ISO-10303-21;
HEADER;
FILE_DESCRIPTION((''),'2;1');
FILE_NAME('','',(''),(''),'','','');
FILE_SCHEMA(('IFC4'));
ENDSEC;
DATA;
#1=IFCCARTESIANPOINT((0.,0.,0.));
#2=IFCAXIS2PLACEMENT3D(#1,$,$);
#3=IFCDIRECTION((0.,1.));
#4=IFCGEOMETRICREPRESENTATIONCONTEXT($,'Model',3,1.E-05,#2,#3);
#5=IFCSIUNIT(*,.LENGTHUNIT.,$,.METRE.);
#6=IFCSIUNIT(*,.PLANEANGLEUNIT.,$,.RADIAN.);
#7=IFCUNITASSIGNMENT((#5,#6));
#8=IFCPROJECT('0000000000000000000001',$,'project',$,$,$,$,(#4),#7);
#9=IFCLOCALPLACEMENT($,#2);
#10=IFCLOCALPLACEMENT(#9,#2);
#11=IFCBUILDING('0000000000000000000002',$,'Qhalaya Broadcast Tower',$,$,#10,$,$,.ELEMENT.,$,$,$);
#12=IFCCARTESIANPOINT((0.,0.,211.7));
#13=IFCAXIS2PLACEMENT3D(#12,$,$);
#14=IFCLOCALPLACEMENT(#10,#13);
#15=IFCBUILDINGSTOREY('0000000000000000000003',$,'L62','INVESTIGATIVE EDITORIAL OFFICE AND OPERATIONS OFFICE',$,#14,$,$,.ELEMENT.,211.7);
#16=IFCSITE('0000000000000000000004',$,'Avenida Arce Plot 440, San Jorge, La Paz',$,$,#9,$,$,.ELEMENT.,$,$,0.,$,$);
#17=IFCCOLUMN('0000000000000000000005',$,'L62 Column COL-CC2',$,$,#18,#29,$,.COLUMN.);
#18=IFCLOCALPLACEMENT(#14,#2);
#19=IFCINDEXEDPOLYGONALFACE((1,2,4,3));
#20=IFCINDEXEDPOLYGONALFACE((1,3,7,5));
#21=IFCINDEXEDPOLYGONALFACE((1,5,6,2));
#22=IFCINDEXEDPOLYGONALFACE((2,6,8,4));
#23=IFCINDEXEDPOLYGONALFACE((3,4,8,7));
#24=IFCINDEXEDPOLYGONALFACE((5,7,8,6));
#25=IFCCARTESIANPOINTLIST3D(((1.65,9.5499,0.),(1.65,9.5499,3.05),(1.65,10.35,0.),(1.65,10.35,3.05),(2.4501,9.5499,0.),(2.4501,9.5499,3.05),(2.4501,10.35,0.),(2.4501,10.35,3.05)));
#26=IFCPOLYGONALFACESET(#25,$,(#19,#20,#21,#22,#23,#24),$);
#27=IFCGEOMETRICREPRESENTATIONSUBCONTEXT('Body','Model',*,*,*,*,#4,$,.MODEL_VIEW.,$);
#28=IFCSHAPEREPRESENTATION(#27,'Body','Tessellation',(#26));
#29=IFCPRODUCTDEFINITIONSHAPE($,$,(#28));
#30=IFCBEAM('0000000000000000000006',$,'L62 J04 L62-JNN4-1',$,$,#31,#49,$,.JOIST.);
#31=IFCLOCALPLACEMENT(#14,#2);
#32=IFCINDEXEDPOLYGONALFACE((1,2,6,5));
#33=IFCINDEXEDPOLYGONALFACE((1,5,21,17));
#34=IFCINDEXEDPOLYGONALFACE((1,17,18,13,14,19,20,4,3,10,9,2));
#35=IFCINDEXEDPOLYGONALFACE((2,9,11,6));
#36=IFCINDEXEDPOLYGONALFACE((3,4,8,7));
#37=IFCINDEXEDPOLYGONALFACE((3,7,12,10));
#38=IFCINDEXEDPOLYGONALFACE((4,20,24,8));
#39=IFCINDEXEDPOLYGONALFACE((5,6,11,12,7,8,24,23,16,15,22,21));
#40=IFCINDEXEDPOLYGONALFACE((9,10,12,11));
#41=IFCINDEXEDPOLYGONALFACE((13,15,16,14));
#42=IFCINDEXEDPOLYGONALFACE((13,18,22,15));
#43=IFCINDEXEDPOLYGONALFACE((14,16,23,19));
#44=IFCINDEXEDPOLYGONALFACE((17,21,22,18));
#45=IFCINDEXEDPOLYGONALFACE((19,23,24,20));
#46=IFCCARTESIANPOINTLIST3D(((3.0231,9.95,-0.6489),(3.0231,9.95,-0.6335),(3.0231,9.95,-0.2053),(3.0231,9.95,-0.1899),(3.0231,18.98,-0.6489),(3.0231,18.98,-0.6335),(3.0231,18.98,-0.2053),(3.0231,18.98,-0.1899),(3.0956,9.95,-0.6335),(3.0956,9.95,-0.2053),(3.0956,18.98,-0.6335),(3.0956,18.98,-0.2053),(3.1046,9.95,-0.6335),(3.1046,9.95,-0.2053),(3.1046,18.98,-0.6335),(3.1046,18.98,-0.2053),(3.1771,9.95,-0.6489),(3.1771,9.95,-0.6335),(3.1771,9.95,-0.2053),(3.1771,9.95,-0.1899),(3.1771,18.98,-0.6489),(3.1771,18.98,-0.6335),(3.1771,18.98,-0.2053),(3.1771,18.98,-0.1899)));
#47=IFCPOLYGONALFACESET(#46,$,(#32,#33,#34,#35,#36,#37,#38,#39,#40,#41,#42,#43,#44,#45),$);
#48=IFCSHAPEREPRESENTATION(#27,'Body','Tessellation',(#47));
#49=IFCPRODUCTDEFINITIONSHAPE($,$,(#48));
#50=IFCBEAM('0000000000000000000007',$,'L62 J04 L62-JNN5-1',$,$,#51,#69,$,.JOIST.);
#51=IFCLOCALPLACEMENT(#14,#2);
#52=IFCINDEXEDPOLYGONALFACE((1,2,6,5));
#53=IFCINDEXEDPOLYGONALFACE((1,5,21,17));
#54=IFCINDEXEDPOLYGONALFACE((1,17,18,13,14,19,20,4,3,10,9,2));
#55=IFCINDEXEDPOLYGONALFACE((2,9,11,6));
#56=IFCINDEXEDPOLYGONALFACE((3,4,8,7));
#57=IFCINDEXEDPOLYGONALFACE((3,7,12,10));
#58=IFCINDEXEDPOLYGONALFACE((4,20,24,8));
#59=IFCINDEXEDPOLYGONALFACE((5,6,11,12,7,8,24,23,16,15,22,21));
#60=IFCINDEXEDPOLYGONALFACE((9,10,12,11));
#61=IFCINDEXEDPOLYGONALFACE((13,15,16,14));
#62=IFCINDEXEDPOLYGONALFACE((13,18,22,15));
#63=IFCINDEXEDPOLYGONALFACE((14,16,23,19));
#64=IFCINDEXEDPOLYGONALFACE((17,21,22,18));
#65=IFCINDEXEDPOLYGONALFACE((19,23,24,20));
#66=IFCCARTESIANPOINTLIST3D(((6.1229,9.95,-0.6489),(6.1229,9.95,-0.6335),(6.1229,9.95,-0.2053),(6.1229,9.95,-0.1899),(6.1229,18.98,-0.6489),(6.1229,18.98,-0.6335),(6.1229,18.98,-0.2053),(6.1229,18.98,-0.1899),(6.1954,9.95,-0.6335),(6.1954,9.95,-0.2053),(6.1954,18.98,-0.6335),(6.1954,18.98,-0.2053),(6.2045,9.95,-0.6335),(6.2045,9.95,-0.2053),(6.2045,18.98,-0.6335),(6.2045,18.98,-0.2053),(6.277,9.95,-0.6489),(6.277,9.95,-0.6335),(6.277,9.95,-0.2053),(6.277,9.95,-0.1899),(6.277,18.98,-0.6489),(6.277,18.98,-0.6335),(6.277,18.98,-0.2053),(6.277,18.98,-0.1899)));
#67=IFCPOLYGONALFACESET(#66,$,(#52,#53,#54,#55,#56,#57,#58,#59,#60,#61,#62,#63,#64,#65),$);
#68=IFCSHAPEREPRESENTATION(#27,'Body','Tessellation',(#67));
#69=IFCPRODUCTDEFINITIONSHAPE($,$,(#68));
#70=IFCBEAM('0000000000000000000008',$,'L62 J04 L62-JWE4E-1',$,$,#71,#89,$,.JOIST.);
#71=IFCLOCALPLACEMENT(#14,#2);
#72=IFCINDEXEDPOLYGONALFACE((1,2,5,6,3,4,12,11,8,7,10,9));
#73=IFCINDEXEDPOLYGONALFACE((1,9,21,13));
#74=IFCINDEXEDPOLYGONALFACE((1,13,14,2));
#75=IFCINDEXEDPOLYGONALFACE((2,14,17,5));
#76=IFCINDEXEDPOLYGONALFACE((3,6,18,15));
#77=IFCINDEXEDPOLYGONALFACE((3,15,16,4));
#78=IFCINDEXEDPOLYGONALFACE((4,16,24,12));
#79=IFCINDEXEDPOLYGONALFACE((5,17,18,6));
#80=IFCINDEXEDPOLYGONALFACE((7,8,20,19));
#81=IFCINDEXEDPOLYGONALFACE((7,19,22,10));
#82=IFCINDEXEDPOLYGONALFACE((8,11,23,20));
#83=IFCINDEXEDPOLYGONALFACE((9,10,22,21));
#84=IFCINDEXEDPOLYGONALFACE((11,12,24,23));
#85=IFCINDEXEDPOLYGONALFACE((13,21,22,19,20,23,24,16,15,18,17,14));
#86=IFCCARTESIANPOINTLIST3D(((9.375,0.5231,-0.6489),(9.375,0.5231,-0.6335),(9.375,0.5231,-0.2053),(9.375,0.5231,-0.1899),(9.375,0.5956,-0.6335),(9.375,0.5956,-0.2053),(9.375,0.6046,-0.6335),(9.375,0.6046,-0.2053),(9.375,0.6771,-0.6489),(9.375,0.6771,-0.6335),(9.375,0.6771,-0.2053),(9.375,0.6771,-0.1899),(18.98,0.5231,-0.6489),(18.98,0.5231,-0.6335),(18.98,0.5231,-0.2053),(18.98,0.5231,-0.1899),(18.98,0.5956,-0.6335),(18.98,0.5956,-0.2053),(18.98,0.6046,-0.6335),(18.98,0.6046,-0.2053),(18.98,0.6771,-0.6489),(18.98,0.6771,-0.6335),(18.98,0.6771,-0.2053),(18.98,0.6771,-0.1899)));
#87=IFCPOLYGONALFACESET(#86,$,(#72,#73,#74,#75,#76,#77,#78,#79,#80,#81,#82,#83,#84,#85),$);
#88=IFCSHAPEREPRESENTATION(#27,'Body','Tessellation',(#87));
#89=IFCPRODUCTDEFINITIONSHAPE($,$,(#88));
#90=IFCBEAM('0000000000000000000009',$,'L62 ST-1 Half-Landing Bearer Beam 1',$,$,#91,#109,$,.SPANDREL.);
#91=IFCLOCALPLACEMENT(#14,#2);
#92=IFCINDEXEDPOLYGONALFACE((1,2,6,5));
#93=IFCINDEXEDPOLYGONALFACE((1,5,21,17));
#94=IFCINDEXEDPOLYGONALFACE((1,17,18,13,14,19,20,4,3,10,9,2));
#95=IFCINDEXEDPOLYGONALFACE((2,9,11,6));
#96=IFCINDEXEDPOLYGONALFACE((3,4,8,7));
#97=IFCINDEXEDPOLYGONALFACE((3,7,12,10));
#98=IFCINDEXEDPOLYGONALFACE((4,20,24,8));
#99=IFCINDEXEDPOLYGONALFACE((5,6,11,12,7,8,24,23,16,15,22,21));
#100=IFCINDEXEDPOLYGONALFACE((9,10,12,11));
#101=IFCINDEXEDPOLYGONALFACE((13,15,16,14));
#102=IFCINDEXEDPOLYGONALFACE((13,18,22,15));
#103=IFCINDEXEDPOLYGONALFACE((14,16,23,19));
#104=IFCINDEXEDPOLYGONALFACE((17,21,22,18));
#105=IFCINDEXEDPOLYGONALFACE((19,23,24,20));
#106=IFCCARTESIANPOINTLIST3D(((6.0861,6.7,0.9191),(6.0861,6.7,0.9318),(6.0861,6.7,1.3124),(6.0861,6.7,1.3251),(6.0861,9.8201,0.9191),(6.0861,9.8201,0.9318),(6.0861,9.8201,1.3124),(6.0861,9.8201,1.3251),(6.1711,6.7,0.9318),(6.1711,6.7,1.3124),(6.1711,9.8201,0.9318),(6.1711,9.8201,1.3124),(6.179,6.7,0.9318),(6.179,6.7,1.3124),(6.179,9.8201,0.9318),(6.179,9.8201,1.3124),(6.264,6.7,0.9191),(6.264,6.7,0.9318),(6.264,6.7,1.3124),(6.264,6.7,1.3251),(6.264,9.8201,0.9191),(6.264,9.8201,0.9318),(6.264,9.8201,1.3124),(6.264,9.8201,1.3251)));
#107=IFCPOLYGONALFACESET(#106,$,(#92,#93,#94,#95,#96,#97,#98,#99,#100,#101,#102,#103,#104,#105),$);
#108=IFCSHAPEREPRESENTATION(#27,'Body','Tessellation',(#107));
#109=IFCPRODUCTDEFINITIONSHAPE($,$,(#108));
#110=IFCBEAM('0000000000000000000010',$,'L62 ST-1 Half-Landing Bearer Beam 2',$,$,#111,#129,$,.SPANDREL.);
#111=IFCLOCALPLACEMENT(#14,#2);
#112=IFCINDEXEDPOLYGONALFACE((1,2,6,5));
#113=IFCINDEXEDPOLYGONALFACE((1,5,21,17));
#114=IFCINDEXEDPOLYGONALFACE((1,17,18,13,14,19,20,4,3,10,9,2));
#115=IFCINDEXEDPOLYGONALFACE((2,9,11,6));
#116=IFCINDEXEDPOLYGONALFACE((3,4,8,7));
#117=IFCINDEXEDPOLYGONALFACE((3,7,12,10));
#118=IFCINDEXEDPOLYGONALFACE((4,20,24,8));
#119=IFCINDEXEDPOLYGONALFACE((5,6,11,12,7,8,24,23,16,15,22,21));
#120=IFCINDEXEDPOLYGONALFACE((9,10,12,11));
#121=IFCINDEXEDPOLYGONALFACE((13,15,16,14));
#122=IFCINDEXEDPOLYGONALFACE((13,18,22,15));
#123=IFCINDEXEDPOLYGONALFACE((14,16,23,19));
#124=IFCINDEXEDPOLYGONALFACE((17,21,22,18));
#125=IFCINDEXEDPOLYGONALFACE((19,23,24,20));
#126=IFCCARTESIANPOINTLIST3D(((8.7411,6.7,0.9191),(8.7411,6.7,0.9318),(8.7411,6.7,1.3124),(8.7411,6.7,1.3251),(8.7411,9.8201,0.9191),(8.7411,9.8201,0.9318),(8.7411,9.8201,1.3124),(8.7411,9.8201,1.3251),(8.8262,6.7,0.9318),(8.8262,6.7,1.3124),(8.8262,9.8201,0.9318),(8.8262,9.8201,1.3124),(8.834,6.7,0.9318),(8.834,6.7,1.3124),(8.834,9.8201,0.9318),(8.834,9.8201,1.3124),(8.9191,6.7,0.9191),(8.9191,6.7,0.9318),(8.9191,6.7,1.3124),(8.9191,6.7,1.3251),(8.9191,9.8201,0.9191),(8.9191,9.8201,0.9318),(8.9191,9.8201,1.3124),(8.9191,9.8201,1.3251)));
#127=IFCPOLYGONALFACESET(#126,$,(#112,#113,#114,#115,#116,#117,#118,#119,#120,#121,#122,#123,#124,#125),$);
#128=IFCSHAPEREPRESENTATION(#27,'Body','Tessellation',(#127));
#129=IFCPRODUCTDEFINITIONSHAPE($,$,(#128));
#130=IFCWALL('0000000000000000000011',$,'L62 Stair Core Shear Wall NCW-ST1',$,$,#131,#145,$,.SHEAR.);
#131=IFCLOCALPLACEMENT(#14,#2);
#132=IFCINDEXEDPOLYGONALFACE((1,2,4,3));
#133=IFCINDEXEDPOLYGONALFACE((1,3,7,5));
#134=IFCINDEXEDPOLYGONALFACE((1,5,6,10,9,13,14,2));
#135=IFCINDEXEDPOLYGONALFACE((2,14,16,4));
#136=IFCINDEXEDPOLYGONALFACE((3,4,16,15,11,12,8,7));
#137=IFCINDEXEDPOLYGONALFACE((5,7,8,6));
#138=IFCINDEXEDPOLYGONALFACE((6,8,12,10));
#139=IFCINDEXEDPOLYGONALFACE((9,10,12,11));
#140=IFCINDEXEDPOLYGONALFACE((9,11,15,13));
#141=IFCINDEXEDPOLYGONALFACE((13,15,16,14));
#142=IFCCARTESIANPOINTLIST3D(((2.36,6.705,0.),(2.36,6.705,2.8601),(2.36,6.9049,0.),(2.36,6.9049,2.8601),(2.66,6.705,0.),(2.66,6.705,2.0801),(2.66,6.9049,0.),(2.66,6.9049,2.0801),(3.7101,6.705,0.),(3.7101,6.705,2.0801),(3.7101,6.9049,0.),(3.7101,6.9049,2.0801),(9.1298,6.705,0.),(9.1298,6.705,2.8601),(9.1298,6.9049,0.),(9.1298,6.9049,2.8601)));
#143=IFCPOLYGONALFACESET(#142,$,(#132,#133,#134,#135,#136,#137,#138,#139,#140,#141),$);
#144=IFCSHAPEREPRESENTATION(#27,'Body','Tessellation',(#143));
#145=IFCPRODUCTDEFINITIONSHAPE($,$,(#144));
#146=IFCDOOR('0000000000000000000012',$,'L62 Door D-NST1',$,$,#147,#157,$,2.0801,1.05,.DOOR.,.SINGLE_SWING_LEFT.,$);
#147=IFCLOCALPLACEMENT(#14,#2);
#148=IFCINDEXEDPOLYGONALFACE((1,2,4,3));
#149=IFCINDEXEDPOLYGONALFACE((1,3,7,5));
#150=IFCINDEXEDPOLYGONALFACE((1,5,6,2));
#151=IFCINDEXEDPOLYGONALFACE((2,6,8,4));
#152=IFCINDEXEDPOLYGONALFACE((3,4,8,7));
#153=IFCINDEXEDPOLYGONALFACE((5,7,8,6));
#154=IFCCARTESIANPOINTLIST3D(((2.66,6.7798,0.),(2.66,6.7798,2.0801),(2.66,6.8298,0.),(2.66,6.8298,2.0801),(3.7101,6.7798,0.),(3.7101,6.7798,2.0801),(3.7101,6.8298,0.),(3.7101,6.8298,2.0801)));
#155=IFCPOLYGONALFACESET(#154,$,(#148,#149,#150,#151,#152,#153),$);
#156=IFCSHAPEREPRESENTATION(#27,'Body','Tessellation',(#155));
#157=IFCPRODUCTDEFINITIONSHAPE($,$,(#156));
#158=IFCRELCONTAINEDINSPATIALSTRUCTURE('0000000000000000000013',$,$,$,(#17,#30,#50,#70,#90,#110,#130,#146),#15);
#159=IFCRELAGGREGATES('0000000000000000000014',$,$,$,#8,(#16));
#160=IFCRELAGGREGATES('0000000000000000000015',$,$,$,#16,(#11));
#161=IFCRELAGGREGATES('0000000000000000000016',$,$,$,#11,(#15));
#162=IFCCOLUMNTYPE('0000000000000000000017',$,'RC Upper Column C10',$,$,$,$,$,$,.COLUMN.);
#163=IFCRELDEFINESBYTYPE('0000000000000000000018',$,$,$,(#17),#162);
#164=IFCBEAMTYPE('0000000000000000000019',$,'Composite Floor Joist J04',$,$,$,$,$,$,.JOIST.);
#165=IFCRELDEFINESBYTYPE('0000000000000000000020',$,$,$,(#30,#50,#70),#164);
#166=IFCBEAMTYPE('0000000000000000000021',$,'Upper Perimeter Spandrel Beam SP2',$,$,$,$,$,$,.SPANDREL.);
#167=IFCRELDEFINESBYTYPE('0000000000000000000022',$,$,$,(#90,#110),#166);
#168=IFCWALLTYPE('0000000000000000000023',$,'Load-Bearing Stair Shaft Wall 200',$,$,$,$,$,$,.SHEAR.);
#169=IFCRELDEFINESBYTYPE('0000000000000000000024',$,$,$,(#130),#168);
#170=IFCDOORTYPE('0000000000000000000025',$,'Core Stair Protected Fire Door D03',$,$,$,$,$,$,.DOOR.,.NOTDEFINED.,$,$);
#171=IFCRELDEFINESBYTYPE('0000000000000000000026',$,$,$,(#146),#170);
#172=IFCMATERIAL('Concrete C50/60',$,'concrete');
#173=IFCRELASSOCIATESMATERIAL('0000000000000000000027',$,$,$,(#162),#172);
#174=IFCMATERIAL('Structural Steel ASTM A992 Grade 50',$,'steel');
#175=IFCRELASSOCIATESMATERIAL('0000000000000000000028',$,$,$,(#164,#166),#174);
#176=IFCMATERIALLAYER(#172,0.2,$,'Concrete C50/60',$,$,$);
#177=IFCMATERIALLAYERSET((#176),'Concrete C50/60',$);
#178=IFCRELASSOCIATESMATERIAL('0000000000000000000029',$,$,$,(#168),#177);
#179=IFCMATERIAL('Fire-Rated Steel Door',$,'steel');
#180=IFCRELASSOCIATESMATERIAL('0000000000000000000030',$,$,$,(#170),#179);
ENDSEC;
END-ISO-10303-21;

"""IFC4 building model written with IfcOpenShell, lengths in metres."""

from ifc_helpers import new_model, si_unit, direction, frame, frame_2d, origin, origin_2d, place, context, subcontext, project, spatial, rectangle, i_section, extrude, material, layer, layer_set, material_profile, profile_set, type_object, element, fill, save


model = new_model("IFC4")

# Units and contexts
model_context = context("Model", 3, precision=1e-05, world=origin(), true_north=direction((0.0, 1.0)))
body_context = subcontext(model_context, "Body", "Model", "MODEL_VIEW")
ifc_project = project(units=[si_unit("LENGTHUNIT", "METRE"), si_unit("PLANEANGLEUNIT", "RADIAN")], contexts=[model_context])

# Site, building, storey
site_placement = place(None, origin())
site = spatial("IfcSite", under=ifc_project, at=site_placement, Name="Avenida Arce Plot 440, San Jorge, La Paz", CompositionType="ELEMENT", RefElevation=0.0)
building_placement = place(site_placement, origin())
building = spatial("IfcBuilding", under=site, at=building_placement, Name="Qhalaya Broadcast Tower", CompositionType="ELEMENT")
storey_placement = place(building_placement, frame((0.0, 0.0, 211.7)))
storey = spatial("IfcBuildingStorey", under=building, at=storey_placement, Name="L62", Description="INVESTIGATIVE EDITORIAL OFFICE AND OPERATIONS OFFICE", CompositionType="ELEMENT", Elevation=211.7)

# Column
ifc_material_1 = material(Name="Concrete C50/60", Category="concrete")
ifc_material_profile_1 = material_profile(ifc_material_1, rectangle(XDim=0.8, YDim=0.8, at=origin_2d()), Name="RC-COL 800x800")
ifc_profile_set_1 = profile_set([ifc_material_profile_1], Name="Concrete C50/60")
column_type = type_object("IfcColumnType", Name="RC Upper Column C10", PredefinedType="COLUMN", material=ifc_profile_set_1)
column_placement = place(storey_placement, frame((2.05, 9.95, 0.0), z_axis=(0.0, 0.0, 1.0), x_axis=(1.0, 0.0, 0.0)))
element("IfcColumn", 1, at=column_placement, inside=storey, type_object=column_type, Name="L62 Column COL-CC2", PredefinedType="COLUMN", context=body_context, shape_type="SweptSolid", body=[
    extrude(rectangle(XDim=0.8, YDim=0.8, at=origin_2d()), origin(), (0.0, 0.0, 1.0), 3.05),
])

# Beams
ifc_material_2 = material(Name="Structural Steel ASTM A992 Grade 50", Category="steel")
ifc_material_profile_2 = material_profile(ifc_material_2, i_section(OverallWidth=0.1541, OverallDepth=0.459, WebThickness=0.009, FlangeThickness=0.0154, at=origin_2d()), Name="W18X46")
ifc_profile_set_2 = profile_set([ifc_material_profile_2], Name="Structural Steel ASTM A992 Grade 50")
beam_type_1 = type_object("IfcBeamType", Name="Composite Floor Joist J04", PredefinedType="JOIST", material=ifc_profile_set_2)
for number, where, z_axis, x_axis, name in (
    (2, (3.1001, 9.95, -0.4194), (0.0, 1.0, 0.0), (-1.0, 0.0, 0.0), "L62 J04 L62-JNN4-1"),
    (3, (6.2, 9.95, -0.4194), (0.0, 1.0, 0.0), (-1.0, 0.0, 0.0), "L62 J04 L62-JNN5-1"),
):
    element("IfcBeam", number, at=place(storey_placement, frame(where, z_axis=z_axis, x_axis=x_axis)), inside=storey, type_object=beam_type_1, Name=name, PredefinedType="JOIST", context=body_context, shape_type="SweptSolid", body=[
        extrude(i_section(OverallWidth=0.1541, OverallDepth=0.459, WebThickness=0.009, FlangeThickness=0.0154, at=origin_2d()), origin(), (0.0, 0.0, 1.0), 9.03),
    ])
beam_placement = place(storey_placement, frame((9.375, 0.6001, -0.4194), z_axis=(1.0, 0.0, 0.0), x_axis=(0.0, 1.0, 0.0)))
element("IfcBeam", 4, at=beam_placement, inside=storey, type_object=beam_type_1, Name="L62 J04 L62-JWE4E-1", PredefinedType="JOIST", context=body_context, shape_type="SweptSolid", body=[
    extrude(i_section(OverallWidth=0.1541, OverallDepth=0.459, WebThickness=0.009, FlangeThickness=0.0154, at=origin_2d()), origin(), (0.0, 0.0, 1.0), 9.605),
])
ifc_material_profile_3 = material_profile(ifc_material_2, i_section(OverallWidth=0.178, OverallDepth=0.406, WebThickness=0.0078, FlangeThickness=0.0127, at=origin_2d()), Name="W16X40")
ifc_profile_set_3 = profile_set([ifc_material_profile_3], Name="Structural Steel ASTM A992 Grade 50")
beam_type_2 = type_object("IfcBeamType", Name="Upper Perimeter Spandrel Beam SP2", PredefinedType="SPANDREL", material=ifc_profile_set_3)
for number, where, z_axis, x_axis, name in (
    (5, (6.175, 6.7, 1.1221), (0.0, 1.0, 0.0), (-1.0, 0.0, 0.0), "L62 ST-1 Half-Landing Bearer Beam 1"),
    (6, (8.8301, 6.7, 1.1221), (0.0, 1.0, 0.0), (-1.0, 0.0, 0.0), "L62 ST-1 Half-Landing Bearer Beam 2"),
):
    element("IfcBeam", number, at=place(storey_placement, frame(where, z_axis=z_axis, x_axis=x_axis)), inside=storey, type_object=beam_type_2, Name=name, PredefinedType="SPANDREL", context=body_context, shape_type="SweptSolid", body=[
        extrude(i_section(OverallWidth=0.178, OverallDepth=0.406, WebThickness=0.0078, FlangeThickness=0.0127, at=origin_2d()), origin(), (0.0, 0.0, 1.0), 3.1201),
    ])

# Wall, opening, door
ifc_layer_1 = layer(ifc_material_1, 0.2, Name="Concrete C50/60")
ifc_layer_set_1 = layer_set([ifc_layer_1], Name="Concrete C50/60")
wall_type_1 = type_object("IfcWallType", Name="Load-Bearing Stair Shaft Wall 200", PredefinedType="SHEAR", material=ifc_layer_set_1)
wall_1_placement = place(storey_placement, frame((2.3601, 6.8049, 0.0), z_axis=(0.0, 0.0, 1.0), x_axis=(1.0, 0.0, 0.0)))
wall_1 = element("IfcWall", 7, at=wall_1_placement, inside=storey, type_object=wall_type_1, Name="L62 Stair Core Shear Wall NCW-ST1", PredefinedType="SHEAR", context=body_context, shape_type="SweptSolid", body=[
    extrude(rectangle(XDim=6.7698, YDim=0.2, at=frame_2d((3.3848, 0.0))), origin(), (0.0, 0.0, 1.0), 2.8601),
])
opening_1_placement = place(wall_1_placement, frame((0.3, 0.0, 0.0)))
opening_1 = element("IfcOpeningElement", 8, at=opening_1_placement, cuts=wall_1, PredefinedType="OPENING", context=body_context, shape_type="SweptSolid", body=[
    extrude(rectangle(XDim=1.05, YDim=2.0801, at=frame_2d((0.5249, 1.04))), frame((0.0, 0.1121, 0.0), z_axis=(0.0, -1.0, 0.0), x_axis=(1.0, 0.0, 0.0)), (0.0, 0.0, 1.0), 0.2239),
])
ifc_material_3 = material(Name="Fire-Rated Steel Door", Category="steel")
door_type_1 = type_object("IfcDoorType", Name="Core Stair Protected Fire Door D03", OperationType="NOTDEFINED", PredefinedType="DOOR", material=ifc_material_3)
door_1_placement = place(opening_1_placement, origin())
door_1 = element("IfcDoor", 9, at=door_1_placement, inside=storey, type_object=door_type_1, Name="L62 Door D-NST1", OperationType="SINGLE_SWING_LEFT", OverallHeight=2.0801, OverallWidth=1.05, PredefinedType="DOOR", context=body_context, shape_type="SweptSolid", body=[
    extrude(rectangle(XDim=1.05, YDim=2.0801, at=frame_2d((0.5249, 1.04))), frame((0.0, 0.0249, 0.0), z_axis=(0.0, -1.0, 0.0), x_axis=(1.0, 0.0, 0.0)), (0.0, 0.0, 1.0), 0.05),
])
fill(opening_1, door_1)

save(model, "model.ifc")
